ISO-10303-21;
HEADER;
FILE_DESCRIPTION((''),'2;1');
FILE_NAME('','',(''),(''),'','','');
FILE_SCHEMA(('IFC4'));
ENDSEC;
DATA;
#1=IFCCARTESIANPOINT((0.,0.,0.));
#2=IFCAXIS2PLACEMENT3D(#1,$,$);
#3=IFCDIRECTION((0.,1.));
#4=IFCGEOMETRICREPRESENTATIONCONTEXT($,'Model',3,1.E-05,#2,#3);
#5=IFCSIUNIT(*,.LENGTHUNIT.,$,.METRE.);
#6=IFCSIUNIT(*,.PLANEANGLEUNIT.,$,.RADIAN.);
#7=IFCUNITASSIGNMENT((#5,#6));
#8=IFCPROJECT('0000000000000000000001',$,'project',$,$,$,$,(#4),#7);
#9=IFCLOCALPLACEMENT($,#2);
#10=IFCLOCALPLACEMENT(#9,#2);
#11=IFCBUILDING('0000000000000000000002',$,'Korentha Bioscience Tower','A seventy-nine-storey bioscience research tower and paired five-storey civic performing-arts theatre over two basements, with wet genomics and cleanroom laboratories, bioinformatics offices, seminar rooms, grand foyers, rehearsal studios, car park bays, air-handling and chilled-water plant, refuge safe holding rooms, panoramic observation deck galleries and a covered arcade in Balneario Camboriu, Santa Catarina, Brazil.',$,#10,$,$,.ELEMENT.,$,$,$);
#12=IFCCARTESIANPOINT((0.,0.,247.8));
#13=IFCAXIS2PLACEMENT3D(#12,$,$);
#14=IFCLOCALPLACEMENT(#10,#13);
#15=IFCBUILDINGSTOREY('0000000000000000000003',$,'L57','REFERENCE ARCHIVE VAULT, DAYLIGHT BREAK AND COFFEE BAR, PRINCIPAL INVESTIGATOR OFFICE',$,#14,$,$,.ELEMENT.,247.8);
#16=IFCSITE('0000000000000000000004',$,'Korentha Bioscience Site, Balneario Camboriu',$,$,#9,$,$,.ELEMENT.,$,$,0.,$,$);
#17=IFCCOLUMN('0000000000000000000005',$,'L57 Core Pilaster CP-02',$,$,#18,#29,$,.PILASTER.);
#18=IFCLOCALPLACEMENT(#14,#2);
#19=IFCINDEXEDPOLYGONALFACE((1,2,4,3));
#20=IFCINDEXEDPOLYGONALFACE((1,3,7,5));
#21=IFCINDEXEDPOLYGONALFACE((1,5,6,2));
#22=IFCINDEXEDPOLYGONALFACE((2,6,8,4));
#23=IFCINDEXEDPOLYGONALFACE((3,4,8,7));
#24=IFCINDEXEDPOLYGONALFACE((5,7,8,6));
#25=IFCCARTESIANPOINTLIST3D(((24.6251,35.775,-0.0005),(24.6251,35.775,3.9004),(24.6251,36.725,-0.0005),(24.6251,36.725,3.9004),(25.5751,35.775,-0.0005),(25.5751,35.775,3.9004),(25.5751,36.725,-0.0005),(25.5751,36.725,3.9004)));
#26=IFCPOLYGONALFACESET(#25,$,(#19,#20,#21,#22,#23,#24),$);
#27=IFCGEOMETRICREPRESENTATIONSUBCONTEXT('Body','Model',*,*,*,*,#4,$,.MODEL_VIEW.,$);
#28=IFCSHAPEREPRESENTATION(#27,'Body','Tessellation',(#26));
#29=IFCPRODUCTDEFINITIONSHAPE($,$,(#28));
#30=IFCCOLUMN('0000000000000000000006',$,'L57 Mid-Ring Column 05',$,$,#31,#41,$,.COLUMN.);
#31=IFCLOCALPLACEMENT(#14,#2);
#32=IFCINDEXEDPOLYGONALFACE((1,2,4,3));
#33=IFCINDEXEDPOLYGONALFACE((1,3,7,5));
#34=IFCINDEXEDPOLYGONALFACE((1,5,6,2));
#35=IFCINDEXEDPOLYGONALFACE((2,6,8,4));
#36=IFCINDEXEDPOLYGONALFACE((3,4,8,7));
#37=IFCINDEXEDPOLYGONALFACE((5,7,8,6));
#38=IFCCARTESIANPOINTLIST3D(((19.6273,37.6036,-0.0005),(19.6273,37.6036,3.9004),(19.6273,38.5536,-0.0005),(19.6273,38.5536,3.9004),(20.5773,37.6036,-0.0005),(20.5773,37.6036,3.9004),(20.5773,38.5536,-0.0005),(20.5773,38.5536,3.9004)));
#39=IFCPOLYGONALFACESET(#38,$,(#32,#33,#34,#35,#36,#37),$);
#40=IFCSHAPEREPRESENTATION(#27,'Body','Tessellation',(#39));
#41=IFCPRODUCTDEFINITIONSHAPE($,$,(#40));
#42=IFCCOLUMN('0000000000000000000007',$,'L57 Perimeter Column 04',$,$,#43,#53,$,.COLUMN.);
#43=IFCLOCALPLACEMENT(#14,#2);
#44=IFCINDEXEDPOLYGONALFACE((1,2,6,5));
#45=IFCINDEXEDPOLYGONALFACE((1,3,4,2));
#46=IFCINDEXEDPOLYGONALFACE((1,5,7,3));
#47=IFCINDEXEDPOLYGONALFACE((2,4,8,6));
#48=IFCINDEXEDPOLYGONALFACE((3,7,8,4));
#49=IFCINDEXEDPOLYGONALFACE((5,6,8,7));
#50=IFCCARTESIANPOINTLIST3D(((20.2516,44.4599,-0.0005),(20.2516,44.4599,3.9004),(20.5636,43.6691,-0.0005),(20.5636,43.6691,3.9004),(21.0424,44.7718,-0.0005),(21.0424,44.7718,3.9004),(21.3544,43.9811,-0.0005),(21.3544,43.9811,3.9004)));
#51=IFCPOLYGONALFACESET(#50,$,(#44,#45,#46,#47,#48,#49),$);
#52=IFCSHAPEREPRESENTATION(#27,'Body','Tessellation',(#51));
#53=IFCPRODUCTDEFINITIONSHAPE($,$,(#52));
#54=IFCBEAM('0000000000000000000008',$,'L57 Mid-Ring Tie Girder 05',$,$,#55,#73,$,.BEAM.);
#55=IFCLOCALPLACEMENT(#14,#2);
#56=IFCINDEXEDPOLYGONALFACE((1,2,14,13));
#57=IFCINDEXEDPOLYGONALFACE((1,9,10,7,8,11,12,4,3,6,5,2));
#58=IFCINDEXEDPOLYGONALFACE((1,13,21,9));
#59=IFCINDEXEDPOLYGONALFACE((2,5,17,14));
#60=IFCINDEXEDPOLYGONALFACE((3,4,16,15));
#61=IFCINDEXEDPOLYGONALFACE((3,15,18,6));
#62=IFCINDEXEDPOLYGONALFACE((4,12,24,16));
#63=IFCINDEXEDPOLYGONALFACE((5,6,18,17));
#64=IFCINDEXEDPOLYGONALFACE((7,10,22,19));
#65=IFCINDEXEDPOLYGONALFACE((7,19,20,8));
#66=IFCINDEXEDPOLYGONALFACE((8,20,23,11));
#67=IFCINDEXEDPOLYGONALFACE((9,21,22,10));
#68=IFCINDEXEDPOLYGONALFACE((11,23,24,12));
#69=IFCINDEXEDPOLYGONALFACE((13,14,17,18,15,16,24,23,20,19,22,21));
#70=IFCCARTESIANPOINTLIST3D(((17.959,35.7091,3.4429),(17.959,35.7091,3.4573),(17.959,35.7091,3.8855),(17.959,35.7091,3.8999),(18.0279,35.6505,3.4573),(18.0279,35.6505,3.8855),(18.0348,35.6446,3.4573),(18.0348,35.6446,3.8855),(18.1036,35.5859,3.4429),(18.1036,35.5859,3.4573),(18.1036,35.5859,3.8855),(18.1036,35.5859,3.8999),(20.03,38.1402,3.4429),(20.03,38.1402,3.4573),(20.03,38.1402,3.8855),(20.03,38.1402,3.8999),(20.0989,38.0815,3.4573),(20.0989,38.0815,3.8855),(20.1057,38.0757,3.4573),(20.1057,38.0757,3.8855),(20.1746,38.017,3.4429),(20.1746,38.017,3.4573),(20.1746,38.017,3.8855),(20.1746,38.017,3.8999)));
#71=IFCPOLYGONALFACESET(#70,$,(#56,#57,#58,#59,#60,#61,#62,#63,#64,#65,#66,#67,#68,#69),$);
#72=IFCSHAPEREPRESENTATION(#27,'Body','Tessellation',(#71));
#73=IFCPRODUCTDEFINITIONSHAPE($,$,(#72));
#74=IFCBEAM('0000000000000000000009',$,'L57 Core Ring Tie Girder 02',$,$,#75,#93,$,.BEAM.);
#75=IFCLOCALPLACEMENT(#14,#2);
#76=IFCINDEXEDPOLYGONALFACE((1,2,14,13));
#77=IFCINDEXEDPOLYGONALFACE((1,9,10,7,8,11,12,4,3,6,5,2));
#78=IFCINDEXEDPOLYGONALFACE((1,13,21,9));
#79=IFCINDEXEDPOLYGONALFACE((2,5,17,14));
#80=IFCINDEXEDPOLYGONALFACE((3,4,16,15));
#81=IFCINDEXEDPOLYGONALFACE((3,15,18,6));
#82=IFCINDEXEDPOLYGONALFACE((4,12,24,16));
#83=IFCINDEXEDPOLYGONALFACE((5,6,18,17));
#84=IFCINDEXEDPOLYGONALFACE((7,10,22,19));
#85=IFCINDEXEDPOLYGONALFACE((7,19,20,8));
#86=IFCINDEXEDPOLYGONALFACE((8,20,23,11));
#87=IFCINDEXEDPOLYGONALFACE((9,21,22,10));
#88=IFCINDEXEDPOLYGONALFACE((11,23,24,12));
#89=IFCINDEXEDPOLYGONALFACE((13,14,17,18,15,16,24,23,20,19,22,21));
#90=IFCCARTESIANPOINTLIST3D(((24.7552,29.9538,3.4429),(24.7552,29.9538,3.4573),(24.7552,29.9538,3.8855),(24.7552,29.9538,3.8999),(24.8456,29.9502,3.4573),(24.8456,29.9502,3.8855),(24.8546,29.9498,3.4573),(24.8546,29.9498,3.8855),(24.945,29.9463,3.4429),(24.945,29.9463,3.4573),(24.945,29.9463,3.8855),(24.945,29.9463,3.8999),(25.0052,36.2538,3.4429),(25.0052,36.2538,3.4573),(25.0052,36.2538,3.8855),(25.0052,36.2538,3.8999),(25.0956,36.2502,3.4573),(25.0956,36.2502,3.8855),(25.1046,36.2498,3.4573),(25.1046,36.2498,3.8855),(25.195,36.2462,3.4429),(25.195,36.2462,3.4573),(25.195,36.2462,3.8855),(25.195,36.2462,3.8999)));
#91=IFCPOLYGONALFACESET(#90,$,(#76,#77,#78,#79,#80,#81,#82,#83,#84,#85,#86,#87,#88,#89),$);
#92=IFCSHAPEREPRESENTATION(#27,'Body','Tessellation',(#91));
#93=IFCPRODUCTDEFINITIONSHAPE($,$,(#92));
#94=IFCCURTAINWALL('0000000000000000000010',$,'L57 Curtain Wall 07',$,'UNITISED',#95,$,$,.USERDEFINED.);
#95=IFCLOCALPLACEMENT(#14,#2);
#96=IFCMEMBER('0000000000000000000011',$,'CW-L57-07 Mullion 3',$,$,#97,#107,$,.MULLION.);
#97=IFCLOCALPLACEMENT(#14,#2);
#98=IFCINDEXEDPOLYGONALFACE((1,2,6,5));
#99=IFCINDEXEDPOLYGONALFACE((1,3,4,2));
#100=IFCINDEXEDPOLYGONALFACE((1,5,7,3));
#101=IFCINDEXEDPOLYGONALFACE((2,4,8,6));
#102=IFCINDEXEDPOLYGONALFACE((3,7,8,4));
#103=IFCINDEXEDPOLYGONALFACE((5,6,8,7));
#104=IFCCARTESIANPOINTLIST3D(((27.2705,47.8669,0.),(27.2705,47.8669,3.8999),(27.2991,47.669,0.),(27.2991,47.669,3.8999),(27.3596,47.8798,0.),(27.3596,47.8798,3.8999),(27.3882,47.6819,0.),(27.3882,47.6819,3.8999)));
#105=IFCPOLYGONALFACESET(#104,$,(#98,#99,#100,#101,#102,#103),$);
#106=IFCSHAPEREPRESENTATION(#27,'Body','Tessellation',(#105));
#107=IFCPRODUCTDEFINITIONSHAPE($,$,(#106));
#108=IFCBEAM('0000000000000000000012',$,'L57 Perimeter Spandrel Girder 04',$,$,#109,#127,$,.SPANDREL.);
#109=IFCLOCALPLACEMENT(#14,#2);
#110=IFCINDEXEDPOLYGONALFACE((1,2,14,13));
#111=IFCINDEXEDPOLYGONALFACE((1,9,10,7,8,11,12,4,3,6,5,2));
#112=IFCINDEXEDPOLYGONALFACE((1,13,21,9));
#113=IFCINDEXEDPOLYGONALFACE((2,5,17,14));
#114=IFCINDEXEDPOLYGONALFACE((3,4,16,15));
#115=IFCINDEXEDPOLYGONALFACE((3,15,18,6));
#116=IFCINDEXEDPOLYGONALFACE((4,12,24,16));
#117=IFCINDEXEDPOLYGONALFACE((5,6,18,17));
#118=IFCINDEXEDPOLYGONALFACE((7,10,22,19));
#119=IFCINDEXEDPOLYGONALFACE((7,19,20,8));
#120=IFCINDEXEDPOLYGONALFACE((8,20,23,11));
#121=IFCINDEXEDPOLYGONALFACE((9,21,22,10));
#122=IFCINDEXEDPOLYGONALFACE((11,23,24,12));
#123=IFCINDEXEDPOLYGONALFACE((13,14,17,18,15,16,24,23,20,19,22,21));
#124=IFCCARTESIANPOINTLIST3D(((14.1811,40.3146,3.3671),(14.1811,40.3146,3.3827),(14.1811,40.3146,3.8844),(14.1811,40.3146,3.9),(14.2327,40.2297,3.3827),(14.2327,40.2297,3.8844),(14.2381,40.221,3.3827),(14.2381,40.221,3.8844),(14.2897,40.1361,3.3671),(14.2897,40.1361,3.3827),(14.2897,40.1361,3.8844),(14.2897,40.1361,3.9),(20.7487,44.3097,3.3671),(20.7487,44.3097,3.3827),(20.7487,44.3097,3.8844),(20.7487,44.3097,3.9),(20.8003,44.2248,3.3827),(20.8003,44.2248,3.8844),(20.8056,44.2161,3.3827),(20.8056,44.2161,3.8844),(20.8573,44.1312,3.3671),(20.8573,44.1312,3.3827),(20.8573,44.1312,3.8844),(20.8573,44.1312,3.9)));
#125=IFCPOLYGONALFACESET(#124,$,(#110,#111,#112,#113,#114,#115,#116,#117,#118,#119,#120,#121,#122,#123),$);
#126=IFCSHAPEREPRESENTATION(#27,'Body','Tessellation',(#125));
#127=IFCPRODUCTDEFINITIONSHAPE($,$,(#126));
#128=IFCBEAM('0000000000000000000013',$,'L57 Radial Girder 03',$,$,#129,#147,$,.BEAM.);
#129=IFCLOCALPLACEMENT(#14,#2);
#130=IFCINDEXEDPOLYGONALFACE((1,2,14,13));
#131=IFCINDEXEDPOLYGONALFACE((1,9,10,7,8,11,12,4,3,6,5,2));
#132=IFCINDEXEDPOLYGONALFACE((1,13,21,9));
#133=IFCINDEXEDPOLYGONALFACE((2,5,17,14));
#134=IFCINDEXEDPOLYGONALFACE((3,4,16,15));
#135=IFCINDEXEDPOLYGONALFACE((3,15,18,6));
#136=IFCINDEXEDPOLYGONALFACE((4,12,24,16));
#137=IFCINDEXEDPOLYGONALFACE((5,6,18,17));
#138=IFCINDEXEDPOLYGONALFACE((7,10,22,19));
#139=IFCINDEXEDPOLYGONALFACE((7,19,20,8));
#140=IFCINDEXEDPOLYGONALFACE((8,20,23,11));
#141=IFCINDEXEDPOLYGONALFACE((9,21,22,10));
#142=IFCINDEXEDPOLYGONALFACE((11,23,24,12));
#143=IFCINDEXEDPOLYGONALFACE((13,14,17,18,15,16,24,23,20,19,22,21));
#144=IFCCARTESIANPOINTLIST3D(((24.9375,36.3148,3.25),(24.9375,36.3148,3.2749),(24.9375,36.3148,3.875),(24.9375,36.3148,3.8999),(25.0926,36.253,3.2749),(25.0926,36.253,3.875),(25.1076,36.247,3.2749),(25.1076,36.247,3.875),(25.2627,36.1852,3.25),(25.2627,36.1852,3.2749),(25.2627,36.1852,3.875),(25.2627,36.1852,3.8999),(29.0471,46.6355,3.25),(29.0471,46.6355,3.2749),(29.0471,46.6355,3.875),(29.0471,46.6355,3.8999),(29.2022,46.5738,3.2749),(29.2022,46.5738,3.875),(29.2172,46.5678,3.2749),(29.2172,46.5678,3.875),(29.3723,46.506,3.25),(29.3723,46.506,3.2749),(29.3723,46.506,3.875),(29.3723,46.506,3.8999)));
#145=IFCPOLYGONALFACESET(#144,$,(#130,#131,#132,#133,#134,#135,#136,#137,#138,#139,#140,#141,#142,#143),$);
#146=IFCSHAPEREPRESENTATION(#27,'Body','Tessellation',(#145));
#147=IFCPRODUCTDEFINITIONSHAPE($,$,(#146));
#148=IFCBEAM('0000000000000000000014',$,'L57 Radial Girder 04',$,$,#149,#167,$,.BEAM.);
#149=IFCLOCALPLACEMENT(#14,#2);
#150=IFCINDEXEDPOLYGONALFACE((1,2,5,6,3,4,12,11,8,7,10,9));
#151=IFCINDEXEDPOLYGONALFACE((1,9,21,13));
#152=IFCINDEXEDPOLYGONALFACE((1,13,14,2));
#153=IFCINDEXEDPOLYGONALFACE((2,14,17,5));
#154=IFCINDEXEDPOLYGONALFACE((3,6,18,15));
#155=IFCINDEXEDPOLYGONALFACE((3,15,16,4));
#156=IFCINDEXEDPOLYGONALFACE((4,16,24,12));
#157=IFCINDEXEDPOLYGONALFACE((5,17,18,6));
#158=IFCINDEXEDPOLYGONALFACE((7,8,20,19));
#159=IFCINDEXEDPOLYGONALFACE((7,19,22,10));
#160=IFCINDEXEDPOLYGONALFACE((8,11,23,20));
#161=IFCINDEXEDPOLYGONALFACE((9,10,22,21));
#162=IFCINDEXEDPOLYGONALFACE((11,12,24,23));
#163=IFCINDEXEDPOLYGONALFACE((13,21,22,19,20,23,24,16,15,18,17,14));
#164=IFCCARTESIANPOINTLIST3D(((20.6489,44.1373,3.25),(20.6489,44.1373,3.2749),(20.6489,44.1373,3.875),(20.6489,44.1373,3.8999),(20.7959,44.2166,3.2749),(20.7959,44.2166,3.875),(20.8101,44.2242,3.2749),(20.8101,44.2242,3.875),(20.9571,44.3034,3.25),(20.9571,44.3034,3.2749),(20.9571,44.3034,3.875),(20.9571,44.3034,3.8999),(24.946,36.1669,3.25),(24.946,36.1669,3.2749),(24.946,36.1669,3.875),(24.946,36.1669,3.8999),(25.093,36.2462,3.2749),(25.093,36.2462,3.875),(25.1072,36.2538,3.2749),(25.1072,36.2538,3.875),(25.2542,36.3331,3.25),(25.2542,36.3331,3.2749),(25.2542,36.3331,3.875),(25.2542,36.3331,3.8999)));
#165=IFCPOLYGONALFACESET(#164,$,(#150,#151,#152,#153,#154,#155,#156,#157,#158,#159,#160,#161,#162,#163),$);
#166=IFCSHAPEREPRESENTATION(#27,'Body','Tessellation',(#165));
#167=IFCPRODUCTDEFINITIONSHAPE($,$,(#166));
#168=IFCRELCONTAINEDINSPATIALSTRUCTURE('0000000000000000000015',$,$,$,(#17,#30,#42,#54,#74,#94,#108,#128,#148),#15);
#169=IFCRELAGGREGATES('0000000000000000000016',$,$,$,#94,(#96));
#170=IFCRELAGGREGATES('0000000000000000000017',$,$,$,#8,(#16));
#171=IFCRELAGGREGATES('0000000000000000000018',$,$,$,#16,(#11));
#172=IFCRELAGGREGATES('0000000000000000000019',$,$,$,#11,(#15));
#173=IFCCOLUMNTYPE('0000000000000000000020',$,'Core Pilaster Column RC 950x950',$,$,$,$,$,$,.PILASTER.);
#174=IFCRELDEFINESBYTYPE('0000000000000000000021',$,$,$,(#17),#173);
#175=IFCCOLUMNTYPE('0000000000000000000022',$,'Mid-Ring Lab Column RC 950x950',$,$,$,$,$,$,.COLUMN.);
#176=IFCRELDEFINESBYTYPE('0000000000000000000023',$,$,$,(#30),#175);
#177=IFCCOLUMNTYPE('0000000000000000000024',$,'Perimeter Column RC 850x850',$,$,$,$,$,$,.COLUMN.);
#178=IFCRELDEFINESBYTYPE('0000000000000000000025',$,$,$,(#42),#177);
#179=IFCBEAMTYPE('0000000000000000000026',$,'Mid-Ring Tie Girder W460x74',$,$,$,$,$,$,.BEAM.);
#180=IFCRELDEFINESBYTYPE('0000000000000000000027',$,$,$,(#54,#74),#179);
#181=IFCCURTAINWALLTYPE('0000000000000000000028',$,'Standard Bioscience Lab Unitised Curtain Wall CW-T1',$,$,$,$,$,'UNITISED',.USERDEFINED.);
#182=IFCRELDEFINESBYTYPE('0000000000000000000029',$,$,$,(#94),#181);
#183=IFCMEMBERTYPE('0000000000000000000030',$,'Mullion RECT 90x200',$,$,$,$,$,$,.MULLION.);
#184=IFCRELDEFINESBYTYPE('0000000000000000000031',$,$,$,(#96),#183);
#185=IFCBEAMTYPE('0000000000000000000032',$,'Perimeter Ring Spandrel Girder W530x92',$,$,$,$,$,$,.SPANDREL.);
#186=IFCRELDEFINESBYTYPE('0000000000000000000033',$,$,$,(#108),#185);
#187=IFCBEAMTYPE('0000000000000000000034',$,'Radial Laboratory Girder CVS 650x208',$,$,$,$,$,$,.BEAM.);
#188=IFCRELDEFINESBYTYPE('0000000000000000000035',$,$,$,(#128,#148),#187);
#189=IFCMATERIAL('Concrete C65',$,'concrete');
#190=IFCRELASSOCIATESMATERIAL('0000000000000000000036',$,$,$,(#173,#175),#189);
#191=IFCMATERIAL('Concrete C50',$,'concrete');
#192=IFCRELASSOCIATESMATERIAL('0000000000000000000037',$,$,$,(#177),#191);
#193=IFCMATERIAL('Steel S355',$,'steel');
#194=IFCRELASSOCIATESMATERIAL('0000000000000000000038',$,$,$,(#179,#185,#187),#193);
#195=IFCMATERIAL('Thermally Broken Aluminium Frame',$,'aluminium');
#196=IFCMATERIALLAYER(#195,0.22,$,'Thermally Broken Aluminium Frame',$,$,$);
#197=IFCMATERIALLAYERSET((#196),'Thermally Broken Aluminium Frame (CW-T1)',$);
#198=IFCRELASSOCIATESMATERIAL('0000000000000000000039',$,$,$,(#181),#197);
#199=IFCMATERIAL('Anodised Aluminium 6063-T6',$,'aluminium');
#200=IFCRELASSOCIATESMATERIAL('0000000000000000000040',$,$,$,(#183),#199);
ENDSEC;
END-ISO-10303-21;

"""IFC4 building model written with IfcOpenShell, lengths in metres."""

from ifc_helpers import new_model, si_unit, direction, frame, origin, origin_2d, place, context, subcontext, project, spatial, rectangle, i_section, extrude, material, layer, layer_set, material_profile, profile_set, type_object, element, aggregate, save


model = new_model("IFC4")

# Units and contexts
model_context = context("Model", 3, precision=1e-05, world=origin(), true_north=direction((0.0, 1.0)))
body_context = subcontext(model_context, "Body", "Model", "MODEL_VIEW")
ifc_project = project(units=[si_unit("LENGTHUNIT", "METRE"), si_unit("PLANEANGLEUNIT", "RADIAN")], contexts=[model_context])

# Site, building, storey
site_placement = place(None, origin())
site = spatial("IfcSite", under=ifc_project, at=site_placement, Name="Korentha Bioscience Site, Balneario Camboriu", CompositionType="ELEMENT", RefElevation=0.0)
building_placement = place(site_placement, origin())
building = spatial("IfcBuilding", under=site, at=building_placement, Name="Korentha Bioscience Tower", Description="A seventy-nine-storey bioscience research tower and paired five-storey civic performing-arts theatre over two basements, with wet genomics and cleanroom laboratories, bioinformatics offices, seminar rooms, grand foyers, rehearsal studios, car park bays, air-handling and chilled-water plant, refuge safe holding rooms, panoramic observation deck galleries and a covered arcade in Balneario Camboriu, Santa Catarina, Brazil.", CompositionType="ELEMENT")
storey_placement = place(building_placement, frame((0.0, 0.0, 247.8)))
storey = spatial("IfcBuildingStorey", under=building, at=storey_placement, Name="L57", Description="REFERENCE ARCHIVE VAULT, DAYLIGHT BREAK AND COFFEE BAR, PRINCIPAL INVESTIGATOR OFFICE", CompositionType="ELEMENT", Elevation=247.8)

# Columns
ifc_material_1 = material(Name="Concrete C65", Category="concrete")
ifc_material_profile_1 = material_profile(ifc_material_1, rectangle(XDim=0.95, YDim=0.95, at=origin_2d()), Name="Concrete C65")
ifc_profile_set_1 = profile_set([ifc_material_profile_1], Name="Concrete C65 (COL-CP09)")
column_type_1 = type_object("IfcColumnType", Name="Core Pilaster Column RC 950x950", PredefinedType="PILASTER", material=ifc_profile_set_1)
column_1_placement = place(storey_placement, frame((25.1001, 36.25, -0.0005), z_axis=(0.0, 0.0, 1.0), x_axis=(1.0, 0.0, 0.0)))
element("IfcColumn", 1, at=column_1_placement, inside=storey, type_object=column_type_1, Name="L57 Core Pilaster CP-02", PredefinedType="PILASTER", context=body_context, shape_type="SweptSolid", body=[
    extrude(rectangle(XDim=0.95, YDim=0.95, at=origin_2d()), origin(), (0.0, 0.0, 1.0), 3.9009),
])
ifc_material_profile_2 = material_profile(ifc_material_1, rectangle(XDim=0.95, YDim=0.95, at=origin_2d()), Name="Concrete C65")
ifc_profile_set_2 = profile_set([ifc_material_profile_2], Name="Concrete C65 (COL-MR09)")
column_type_2 = type_object("IfcColumnType", Name="Mid-Ring Lab Column RC 950x950", PredefinedType="COLUMN", material=ifc_profile_set_2)
column_2_placement = place(storey_placement, frame((20.1023, 38.0786, -0.0005), z_axis=(0.0, 0.0, 1.0), x_axis=(1.0, 0.0, 0.0)))
element("IfcColumn", 2, at=column_2_placement, inside=storey, type_object=column_type_2, Name="L57 Mid-Ring Column 05", PredefinedType="COLUMN", context=body_context, shape_type="SweptSolid", body=[
    extrude(rectangle(XDim=0.95, YDim=0.95, at=origin_2d()), origin(), (0.0, 0.0, 1.0), 3.9009),
])
ifc_material_2 = material(Name="Concrete C50", Category="concrete")
ifc_material_profile_3 = material_profile(ifc_material_2, rectangle(XDim=0.8501, YDim=0.8501, at=origin_2d()), Name="Concrete C50")
ifc_profile_set_3 = profile_set([ifc_material_profile_3], Name="Concrete C50 (COL-P08)")
column_type_3 = type_object("IfcColumnType", Name="Perimeter Column RC 850x850", PredefinedType="COLUMN", material=ifc_profile_set_3)
column_3_placement = place(storey_placement, frame((20.803, 44.2205, -0.0005), z_axis=(0.0, 0.0, 1.0), x_axis=(0.930226, 0.366988, 0.0)))
element("IfcColumn", 3, at=column_3_placement, inside=storey, type_object=column_type_3, Name="L57 Perimeter Column 04", PredefinedType="COLUMN", context=body_context, shape_type="SweptSolid", body=[
    extrude(rectangle(XDim=0.8501, YDim=0.8501, at=origin_2d()), origin(), (0.0, 0.0, 1.0), 3.9009),
])

# Beams
ifc_material_3 = material(Name="Steel S355", Category="steel")
ifc_material_profile_4 = material_profile(ifc_material_3, i_section(OverallWidth=0.1899, OverallDepth=0.457, WebThickness=0.009, FlangeThickness=0.0144, at=origin_2d()), Name="Steel S355")
ifc_profile_set_4 = profile_set([ifc_material_profile_4], Name="Steel S355 (MB-460)")
beam_type_1 = type_object("IfcBeamType", Name="Mid-Ring Tie Girder W460x74", PredefinedType="BEAM", material=ifc_profile_set_4)
beam_1_placement = place(storey_placement, frame((20.1023, 38.0786, 3.6714), z_axis=(-0.648478, -0.761233, 0.0), x_axis=(0.761233, -0.648478, 0.0)))
element("IfcBeam", 4, at=beam_1_placement, inside=storey, type_object=beam_type_1, Name="L57 Mid-Ring Tie Girder 05", PredefinedType="BEAM", context=body_context, shape_type="SweptSolid", body=[
    extrude(i_section(OverallWidth=0.1899, OverallDepth=0.457, WebThickness=0.009, FlangeThickness=0.0144, at=origin_2d()), origin(), (0.0, 0.0, 1.0), 3.1936),
])
beam_2_placement = place(storey_placement, frame((25.1001, 36.25, 3.6714), z_axis=(-0.039651, -0.999214, 0.0), x_axis=(0.999214, -0.039651, 0.0)))
element("IfcBeam", 5, at=beam_2_placement, inside=storey, type_object=beam_type_1, Name="L57 Core Ring Tie Girder 02", PredefinedType="BEAM", context=body_context, shape_type="SweptSolid", body=[
    extrude(i_section(OverallWidth=0.1899, OverallDepth=0.457, WebThickness=0.009, FlangeThickness=0.0144, at=origin_2d()), origin(), (0.0, 0.0, 1.0), 6.3049),
])

# Curtain wall, member
ifc_material_4 = material(Name="Thermally Broken Aluminium Frame", Category="aluminium")
ifc_layer_1 = layer(ifc_material_4, 0.22, Name="Thermally Broken Aluminium Frame")
ifc_layer_set_1 = layer_set([ifc_layer_1], Name="Thermally Broken Aluminium Frame (CW-T1)")
curtain_wall_type = type_object("IfcCurtainWallType", Name="Standard Bioscience Lab Unitised Curtain Wall CW-T1", ElementType="UNITISED", PredefinedType="USERDEFINED", material=ifc_layer_set_1)
curtain_wall_placement = place(storey_placement, origin())
curtain_wall = element("IfcCurtainWall", 6, at=curtain_wall_placement, inside=storey, type_object=curtain_wall_type, Name="L57 Curtain Wall 07", ObjectType="UNITISED", PredefinedType="USERDEFINED")
ifc_material_5 = material(Name="Anodised Aluminium 6063-T6", Category="aluminium")
ifc_material_profile_5 = material_profile(ifc_material_5, rectangle(XDim=0.0901, YDim=0.2, at=origin_2d()), Name="Anodised Aluminium 6063-T6")
ifc_profile_set_5 = profile_set([ifc_material_profile_5], Name="Anodised Aluminium 6063-T6 (CW-MUL)")
member_type_1 = type_object("IfcMemberType", Name="Mullion RECT 90x200", PredefinedType="MULLION", material=ifc_profile_set_5)
member_1_placement = place(storey_placement, frame((27.3293, 47.7744, 0.0), z_axis=(0.0, 0.0, 1.0), x_axis=(-0.989729, -0.142956, 0.0)))
member_1 = element("IfcMember", 7, at=member_1_placement, type_object=member_type_1, Name="CW-L57-07 Mullion 3", PredefinedType="MULLION", context=body_context, shape_type="SweptSolid", body=[
    extrude(rectangle(XDim=0.0901, YDim=0.2, at=origin_2d()), origin(), (0.0, 0.0, 1.0), 3.8999),
])

# Beams
ifc_material_profile_6 = material_profile(ifc_material_3, i_section(OverallWidth=0.209, OverallDepth=0.533, WebThickness=0.0103, FlangeThickness=0.0156, at=origin_2d()), Name="Steel S355")
ifc_profile_set_6 = profile_set([ifc_material_profile_6], Name="Steel S355 (SB-530)")
beam_type_2 = type_object("IfcBeamType", Name="Perimeter Ring Spandrel Girder W530x92", PredefinedType="SPANDREL", material=ifc_profile_set_6)
beam_3_placement = place(storey_placement, frame((20.803, 44.2205, 3.6335), z_axis=(-0.854347, -0.519703, 0.0), x_axis=(0.519703, -0.854347, 0.0)))
element("IfcBeam", 8, at=beam_3_placement, inside=storey, type_object=beam_type_2, Name="L57 Perimeter Spandrel Girder 04", PredefinedType="SPANDREL", context=body_context, shape_type="SweptSolid", body=[
    extrude(i_section(OverallWidth=0.209, OverallDepth=0.533, WebThickness=0.0103, FlangeThickness=0.0156, at=origin_2d()), origin(), (0.0, 0.0, 1.0), 7.6873),
])
ifc_material_profile_7 = material_profile(ifc_material_3, i_section(OverallWidth=0.3501, OverallDepth=0.6499, WebThickness=0.0161, FlangeThickness=0.0249, at=origin_2d()), Name="Steel S355")
ifc_profile_set_7 = profile_set([ifc_material_profile_7], Name="Steel S355 (RB-650)")
beam_type_3 = type_object("IfcBeamType", Name="Radial Laboratory Girder CVS 650x208", PredefinedType="BEAM", material=ifc_profile_set_7)
beam_4_placement = place(storey_placement, frame((25.1001, 36.25, 3.575), z_axis=(0.369939, 0.929056, 0.0), x_axis=(-0.929056, 0.369939, 0.0)))
element("IfcBeam", 9, at=beam_4_placement, inside=storey, type_object=beam_type_3, Name="L57 Radial Girder 03", PredefinedType="BEAM", context=body_context, shape_type="SweptSolid", body=[
    extrude(i_section(OverallWidth=0.3501, OverallDepth=0.6499, WebThickness=0.0161, FlangeThickness=0.0249, at=origin_2d()), origin(), (0.0, 0.0, 1.0), 11.1089),
])
beam_5_placement = place(storey_placement, frame((25.1001, 36.25, 3.575), z_axis=(-0.474556, 0.880225, 0.0), x_axis=(-0.880225, -0.474556, 0.0)))
element("IfcBeam", 10, at=beam_5_placement, inside=storey, type_object=beam_type_3, Name="L57 Radial Girder 04", PredefinedType="BEAM", context=body_context, shape_type="SweptSolid", body=[
    extrude(i_section(OverallWidth=0.3501, OverallDepth=0.6499, WebThickness=0.0161, FlangeThickness=0.0249, at=origin_2d()), origin(), (0.0, 0.0, 1.0), 9.0549),
])

aggregate(curtain_wall, [member_1])

save(model, "model.ifc")
